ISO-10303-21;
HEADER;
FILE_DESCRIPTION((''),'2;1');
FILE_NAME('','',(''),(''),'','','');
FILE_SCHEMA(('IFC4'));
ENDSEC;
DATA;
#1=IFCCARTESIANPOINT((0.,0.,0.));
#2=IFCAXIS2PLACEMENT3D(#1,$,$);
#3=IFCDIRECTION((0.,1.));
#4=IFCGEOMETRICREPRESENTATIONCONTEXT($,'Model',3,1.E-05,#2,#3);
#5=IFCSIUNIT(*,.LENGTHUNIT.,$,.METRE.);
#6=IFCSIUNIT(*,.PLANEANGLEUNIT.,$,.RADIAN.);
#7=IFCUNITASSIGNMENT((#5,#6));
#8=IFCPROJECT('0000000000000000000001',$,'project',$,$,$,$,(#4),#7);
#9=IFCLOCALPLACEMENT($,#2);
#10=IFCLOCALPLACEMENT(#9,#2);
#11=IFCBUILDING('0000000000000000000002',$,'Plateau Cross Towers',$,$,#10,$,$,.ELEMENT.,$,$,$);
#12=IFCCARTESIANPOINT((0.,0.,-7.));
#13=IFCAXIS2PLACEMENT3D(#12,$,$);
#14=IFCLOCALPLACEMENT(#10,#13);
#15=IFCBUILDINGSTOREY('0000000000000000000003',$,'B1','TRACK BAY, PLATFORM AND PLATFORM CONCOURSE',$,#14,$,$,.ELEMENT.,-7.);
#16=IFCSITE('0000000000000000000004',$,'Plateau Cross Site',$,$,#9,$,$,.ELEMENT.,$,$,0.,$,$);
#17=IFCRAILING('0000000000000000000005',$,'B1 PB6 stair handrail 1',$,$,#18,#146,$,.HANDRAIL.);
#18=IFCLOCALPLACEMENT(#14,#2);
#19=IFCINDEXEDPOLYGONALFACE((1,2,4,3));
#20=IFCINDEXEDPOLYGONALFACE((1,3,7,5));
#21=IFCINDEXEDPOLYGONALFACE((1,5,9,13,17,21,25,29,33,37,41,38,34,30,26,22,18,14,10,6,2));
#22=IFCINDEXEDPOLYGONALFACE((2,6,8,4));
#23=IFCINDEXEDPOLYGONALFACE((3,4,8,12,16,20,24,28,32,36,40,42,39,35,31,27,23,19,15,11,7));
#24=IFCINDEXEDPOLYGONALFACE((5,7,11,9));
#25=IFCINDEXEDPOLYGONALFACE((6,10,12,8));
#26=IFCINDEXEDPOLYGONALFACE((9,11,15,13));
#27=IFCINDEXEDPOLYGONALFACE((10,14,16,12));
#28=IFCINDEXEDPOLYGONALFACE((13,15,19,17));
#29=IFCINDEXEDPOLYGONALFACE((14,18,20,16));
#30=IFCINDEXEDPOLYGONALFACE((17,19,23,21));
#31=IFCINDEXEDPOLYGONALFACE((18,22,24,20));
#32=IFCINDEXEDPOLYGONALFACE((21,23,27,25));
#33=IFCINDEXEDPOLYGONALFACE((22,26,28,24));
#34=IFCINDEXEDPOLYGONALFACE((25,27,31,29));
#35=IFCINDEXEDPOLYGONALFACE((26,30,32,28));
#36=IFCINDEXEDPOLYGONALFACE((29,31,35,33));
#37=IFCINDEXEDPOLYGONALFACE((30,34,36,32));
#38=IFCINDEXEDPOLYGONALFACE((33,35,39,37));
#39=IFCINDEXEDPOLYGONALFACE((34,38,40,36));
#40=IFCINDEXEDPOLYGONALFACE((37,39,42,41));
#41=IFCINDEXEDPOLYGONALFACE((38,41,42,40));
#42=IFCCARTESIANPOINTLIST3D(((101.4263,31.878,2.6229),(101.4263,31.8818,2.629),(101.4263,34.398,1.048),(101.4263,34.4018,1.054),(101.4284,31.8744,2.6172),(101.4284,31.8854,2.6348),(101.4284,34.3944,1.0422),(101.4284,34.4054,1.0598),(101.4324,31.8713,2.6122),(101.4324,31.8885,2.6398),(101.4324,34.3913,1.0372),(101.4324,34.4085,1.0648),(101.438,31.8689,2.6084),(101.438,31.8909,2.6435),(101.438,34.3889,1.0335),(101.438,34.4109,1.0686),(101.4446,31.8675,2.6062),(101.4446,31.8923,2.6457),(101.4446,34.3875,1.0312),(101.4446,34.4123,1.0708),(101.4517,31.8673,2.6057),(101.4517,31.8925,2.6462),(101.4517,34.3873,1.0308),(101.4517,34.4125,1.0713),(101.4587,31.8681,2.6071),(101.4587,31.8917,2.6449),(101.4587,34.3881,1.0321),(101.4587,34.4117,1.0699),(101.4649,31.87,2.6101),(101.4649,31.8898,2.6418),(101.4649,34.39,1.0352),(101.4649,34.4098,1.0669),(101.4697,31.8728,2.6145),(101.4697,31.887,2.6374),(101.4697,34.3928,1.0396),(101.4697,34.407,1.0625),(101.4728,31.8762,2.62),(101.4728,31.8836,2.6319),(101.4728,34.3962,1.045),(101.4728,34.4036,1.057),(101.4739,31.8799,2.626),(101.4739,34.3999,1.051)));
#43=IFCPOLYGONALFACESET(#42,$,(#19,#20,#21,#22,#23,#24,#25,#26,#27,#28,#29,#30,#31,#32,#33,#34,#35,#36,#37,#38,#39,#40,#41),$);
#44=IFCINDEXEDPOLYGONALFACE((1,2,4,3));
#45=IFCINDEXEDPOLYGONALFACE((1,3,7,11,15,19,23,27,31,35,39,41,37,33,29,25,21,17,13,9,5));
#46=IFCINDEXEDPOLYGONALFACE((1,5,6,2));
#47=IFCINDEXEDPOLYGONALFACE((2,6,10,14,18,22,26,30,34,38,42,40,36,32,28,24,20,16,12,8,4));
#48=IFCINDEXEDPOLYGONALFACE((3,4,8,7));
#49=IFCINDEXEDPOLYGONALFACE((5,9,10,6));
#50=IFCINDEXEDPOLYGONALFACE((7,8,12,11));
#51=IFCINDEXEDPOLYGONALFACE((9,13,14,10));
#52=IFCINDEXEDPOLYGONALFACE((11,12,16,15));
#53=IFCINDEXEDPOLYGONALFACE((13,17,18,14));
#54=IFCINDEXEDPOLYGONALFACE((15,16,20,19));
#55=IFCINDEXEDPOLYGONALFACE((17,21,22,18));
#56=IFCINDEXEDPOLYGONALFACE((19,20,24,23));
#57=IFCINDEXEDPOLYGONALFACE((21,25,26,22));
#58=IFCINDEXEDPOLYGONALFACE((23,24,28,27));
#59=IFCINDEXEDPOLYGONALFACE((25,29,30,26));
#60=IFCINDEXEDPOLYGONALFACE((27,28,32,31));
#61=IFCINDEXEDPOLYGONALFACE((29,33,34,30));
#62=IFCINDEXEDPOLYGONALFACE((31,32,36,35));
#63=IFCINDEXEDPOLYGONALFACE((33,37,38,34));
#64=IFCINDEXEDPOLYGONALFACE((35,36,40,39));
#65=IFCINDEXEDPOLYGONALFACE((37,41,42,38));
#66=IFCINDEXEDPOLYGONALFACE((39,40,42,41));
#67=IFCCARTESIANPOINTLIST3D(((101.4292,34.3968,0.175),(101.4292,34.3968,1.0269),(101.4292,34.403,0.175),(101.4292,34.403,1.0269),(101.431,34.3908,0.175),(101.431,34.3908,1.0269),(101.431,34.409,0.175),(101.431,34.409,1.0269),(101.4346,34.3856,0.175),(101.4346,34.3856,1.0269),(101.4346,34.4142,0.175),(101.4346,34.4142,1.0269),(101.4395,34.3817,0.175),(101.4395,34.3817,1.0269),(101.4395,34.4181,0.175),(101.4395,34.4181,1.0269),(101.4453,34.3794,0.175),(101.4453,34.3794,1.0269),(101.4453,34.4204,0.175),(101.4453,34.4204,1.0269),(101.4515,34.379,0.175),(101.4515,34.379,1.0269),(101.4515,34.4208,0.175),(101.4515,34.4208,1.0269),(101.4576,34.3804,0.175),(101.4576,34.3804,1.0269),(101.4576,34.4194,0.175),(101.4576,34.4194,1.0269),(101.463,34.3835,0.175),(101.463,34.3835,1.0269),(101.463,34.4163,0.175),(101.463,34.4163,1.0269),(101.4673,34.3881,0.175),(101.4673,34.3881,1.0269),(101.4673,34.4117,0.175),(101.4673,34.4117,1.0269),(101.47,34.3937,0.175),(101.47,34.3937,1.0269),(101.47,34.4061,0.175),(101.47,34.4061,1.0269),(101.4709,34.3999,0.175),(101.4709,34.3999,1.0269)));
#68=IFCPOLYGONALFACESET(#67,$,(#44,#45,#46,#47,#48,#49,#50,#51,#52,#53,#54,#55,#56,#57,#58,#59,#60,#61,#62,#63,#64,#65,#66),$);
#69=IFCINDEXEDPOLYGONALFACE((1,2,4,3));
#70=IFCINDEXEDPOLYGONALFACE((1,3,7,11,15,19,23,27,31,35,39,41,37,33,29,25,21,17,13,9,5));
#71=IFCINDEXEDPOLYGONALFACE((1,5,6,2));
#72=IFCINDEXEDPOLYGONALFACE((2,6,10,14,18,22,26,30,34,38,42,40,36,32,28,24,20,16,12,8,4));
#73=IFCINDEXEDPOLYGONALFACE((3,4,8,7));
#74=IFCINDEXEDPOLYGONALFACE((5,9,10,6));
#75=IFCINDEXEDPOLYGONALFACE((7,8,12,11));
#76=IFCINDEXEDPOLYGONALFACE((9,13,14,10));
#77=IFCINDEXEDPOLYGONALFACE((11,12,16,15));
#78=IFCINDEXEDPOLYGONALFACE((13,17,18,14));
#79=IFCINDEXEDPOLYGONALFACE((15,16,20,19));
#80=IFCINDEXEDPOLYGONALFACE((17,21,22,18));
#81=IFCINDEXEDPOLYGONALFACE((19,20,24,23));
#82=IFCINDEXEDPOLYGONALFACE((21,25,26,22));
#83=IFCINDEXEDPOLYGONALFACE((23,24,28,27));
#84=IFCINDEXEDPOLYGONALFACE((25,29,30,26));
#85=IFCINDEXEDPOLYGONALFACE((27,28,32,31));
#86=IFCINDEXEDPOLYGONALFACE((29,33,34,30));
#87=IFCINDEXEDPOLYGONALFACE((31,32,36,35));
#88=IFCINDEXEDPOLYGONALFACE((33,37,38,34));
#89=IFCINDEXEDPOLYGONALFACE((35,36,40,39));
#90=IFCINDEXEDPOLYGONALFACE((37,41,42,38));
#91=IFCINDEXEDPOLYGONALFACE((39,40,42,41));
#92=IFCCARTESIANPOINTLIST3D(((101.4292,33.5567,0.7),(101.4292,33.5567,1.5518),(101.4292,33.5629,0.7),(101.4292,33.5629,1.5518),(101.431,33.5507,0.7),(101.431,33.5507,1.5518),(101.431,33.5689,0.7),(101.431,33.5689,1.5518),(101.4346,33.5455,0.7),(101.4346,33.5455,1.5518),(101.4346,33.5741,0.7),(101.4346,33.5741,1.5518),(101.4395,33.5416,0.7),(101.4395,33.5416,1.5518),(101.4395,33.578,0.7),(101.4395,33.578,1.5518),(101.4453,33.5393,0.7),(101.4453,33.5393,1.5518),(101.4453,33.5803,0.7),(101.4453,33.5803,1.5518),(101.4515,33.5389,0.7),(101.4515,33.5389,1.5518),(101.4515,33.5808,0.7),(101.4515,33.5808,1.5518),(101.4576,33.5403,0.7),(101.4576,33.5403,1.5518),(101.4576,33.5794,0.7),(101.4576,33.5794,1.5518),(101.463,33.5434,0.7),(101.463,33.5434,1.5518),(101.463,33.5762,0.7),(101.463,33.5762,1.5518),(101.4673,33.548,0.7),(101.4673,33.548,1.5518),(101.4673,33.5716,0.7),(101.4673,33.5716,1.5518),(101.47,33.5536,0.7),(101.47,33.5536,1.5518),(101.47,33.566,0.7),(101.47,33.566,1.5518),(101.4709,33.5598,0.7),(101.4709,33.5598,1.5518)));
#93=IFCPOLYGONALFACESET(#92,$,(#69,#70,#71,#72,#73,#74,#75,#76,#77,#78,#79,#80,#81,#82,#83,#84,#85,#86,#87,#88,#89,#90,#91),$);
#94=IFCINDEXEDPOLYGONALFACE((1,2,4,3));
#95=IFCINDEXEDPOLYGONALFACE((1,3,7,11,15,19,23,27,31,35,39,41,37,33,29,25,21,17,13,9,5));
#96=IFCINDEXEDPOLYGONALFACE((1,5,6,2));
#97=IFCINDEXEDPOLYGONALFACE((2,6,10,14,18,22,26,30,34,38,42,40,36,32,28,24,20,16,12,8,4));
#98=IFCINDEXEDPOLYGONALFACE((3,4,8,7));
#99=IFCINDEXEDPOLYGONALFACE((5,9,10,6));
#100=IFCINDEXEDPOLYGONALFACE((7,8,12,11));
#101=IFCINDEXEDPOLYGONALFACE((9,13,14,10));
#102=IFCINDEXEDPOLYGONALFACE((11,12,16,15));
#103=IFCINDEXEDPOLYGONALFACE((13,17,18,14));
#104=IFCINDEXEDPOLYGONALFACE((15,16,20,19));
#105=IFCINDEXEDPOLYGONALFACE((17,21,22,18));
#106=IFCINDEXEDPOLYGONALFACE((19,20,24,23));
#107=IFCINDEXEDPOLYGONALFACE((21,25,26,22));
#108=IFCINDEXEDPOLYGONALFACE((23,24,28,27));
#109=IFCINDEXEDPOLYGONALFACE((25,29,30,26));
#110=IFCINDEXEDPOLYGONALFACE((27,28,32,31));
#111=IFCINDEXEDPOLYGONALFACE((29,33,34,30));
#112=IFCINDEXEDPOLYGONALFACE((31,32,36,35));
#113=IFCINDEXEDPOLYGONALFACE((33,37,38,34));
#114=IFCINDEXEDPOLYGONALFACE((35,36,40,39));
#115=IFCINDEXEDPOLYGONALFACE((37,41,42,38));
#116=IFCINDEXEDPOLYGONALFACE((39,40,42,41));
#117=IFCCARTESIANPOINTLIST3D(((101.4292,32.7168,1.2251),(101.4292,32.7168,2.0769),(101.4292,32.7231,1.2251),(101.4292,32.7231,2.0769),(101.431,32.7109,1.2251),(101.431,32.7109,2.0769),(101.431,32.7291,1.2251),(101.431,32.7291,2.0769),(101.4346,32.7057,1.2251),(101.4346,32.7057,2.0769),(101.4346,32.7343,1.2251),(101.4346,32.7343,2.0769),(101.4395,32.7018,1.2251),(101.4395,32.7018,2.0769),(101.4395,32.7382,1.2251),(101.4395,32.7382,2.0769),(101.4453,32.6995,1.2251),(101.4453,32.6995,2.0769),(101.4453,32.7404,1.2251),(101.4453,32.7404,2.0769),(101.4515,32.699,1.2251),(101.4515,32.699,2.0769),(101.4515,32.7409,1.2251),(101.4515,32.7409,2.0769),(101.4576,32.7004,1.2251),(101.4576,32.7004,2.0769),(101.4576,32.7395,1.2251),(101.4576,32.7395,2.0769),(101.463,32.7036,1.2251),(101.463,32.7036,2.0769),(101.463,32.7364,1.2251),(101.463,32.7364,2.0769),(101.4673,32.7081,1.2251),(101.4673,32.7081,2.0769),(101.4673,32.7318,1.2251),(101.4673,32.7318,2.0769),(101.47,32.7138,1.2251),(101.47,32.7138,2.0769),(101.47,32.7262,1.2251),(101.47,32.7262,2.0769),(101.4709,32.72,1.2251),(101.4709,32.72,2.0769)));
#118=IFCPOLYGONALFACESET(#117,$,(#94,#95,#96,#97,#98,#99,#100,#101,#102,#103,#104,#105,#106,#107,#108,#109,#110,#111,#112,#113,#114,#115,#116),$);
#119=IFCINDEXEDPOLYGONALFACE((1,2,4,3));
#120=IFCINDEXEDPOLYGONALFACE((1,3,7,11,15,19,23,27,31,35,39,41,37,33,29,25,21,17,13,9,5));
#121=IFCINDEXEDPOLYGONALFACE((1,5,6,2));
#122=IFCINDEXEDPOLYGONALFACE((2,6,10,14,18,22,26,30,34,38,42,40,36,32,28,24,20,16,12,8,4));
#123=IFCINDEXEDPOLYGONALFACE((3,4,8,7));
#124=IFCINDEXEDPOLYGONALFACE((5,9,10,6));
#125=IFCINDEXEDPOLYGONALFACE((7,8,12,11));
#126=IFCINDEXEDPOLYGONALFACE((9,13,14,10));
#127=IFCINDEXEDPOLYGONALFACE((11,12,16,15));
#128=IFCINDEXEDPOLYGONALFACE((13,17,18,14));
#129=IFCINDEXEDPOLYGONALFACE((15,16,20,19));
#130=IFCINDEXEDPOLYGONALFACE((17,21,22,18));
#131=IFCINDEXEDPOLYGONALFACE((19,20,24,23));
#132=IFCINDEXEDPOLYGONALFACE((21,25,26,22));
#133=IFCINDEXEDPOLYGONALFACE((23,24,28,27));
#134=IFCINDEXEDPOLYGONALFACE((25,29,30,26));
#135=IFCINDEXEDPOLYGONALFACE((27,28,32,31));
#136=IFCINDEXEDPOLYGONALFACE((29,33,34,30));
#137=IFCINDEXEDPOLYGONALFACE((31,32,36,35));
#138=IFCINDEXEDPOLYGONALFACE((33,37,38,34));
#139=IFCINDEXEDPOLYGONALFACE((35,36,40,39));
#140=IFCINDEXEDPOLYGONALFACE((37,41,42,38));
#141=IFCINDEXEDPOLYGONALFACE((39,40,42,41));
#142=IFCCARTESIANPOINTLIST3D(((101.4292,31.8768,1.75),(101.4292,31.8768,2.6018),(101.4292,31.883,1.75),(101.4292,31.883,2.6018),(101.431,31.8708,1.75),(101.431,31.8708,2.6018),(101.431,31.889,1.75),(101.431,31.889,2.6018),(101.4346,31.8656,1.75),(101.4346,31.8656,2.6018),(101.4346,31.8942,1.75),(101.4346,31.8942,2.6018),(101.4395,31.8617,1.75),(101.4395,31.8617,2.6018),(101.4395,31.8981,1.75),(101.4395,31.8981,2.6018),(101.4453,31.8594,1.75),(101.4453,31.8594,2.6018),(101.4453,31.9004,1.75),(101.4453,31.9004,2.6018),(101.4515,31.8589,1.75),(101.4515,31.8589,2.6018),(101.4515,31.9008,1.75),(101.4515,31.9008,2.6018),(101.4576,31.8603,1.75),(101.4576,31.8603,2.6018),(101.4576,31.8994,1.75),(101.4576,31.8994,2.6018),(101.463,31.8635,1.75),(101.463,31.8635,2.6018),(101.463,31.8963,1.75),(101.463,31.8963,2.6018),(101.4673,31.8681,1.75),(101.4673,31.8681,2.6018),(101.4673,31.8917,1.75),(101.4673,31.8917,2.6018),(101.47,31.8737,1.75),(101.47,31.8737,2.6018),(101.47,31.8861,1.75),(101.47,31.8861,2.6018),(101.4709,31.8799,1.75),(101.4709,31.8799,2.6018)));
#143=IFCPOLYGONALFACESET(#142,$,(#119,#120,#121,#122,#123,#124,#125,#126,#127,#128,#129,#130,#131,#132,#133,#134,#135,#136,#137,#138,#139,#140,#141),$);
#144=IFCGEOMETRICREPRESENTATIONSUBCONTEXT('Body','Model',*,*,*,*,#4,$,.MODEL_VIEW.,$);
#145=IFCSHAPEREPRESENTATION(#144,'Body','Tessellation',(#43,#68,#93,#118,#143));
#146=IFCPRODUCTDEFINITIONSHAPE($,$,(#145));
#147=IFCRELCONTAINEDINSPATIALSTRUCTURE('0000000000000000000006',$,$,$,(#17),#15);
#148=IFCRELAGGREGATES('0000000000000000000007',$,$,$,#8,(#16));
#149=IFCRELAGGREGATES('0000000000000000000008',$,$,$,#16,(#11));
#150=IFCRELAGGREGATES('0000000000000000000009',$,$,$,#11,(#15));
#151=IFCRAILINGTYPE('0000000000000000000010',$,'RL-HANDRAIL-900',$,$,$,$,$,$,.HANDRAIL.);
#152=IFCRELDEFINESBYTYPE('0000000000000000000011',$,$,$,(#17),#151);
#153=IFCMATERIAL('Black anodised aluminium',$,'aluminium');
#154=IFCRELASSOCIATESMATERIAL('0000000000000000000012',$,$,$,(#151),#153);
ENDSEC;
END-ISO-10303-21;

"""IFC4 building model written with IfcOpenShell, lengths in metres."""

from ifc_helpers import new_model, si_unit, direction, frame, origin, origin_2d, place, context, subcontext, project, spatial, circle, extrude, material, type_object, element, save


model = new_model("IFC4")

# Units and contexts
model_context = context("Model", 3, precision=1e-05, world=origin(), true_north=direction((0.0, 1.0)))
body_context = subcontext(model_context, "Body", "Model", "MODEL_VIEW")
ifc_project = project(units=[si_unit("LENGTHUNIT", "METRE"), si_unit("PLANEANGLEUNIT", "RADIAN")], contexts=[model_context])

# Site, building, storey
site_placement = place(None, origin())
site = spatial("IfcSite", under=ifc_project, at=site_placement, Name="Plateau Cross Site", CompositionType="ELEMENT", RefElevation=0.0)
building_placement = place(site_placement, origin())
building = spatial("IfcBuilding", under=site, at=building_placement, Name="Plateau Cross Towers", CompositionType="ELEMENT")
storey_placement = place(building_placement, frame((0.0, 0.0, -7.0)))
storey = spatial("IfcBuildingStorey", under=building, at=storey_placement, Name="B1", Description="TRACK BAY, PLATFORM AND PLATFORM CONCOURSE", CompositionType="ELEMENT", Elevation=-7.0)

# Railing
ifc_material_1 = material(Name="Black anodised aluminium", Category="aluminium")
railing_type_1 = type_object("IfcRailingType", Name="RL-HANDRAIL-900", PredefinedType="HANDRAIL", material=ifc_material_1)
railing_1_placement = place(storey_placement, frame((101.45, 34.3999, 0.175)))
element("IfcRailing", 1, at=railing_1_placement, inside=storey, type_object=railing_type_1, Name="B1 PB6 stair handrail 1", PredefinedType="HANDRAIL", context=body_context, shape_type="SweptSolid", body=[
    extrude(circle(Radius=0.0239, at=origin_2d()), frame((0.0, 0.0, 0.876), z_axis=(0.0, -0.848008, 0.529984), x_axis=(1.0, 0.0, 0.0)), (0.0, 0.0, 1.0), 2.9717),
    extrude(circle(Radius=0.021, at=origin_2d()), origin(), (0.0, 0.0, 1.0), 0.8518),
    extrude(circle(Radius=0.021, at=origin_2d()), frame((0.0, -0.8401, 0.5249)), (0.0, 0.0, 1.0), 0.8518),
    extrude(circle(Radius=0.021, at=origin_2d()), frame((0.0, -1.6799, 1.05)), (0.0, 0.0, 1.0), 0.8518),
    extrude(circle(Radius=0.021, at=origin_2d()), frame((0.0, -2.52, 1.575)), (0.0, 0.0, 1.0), 0.8518),
])

save(model, "model.ifc")
